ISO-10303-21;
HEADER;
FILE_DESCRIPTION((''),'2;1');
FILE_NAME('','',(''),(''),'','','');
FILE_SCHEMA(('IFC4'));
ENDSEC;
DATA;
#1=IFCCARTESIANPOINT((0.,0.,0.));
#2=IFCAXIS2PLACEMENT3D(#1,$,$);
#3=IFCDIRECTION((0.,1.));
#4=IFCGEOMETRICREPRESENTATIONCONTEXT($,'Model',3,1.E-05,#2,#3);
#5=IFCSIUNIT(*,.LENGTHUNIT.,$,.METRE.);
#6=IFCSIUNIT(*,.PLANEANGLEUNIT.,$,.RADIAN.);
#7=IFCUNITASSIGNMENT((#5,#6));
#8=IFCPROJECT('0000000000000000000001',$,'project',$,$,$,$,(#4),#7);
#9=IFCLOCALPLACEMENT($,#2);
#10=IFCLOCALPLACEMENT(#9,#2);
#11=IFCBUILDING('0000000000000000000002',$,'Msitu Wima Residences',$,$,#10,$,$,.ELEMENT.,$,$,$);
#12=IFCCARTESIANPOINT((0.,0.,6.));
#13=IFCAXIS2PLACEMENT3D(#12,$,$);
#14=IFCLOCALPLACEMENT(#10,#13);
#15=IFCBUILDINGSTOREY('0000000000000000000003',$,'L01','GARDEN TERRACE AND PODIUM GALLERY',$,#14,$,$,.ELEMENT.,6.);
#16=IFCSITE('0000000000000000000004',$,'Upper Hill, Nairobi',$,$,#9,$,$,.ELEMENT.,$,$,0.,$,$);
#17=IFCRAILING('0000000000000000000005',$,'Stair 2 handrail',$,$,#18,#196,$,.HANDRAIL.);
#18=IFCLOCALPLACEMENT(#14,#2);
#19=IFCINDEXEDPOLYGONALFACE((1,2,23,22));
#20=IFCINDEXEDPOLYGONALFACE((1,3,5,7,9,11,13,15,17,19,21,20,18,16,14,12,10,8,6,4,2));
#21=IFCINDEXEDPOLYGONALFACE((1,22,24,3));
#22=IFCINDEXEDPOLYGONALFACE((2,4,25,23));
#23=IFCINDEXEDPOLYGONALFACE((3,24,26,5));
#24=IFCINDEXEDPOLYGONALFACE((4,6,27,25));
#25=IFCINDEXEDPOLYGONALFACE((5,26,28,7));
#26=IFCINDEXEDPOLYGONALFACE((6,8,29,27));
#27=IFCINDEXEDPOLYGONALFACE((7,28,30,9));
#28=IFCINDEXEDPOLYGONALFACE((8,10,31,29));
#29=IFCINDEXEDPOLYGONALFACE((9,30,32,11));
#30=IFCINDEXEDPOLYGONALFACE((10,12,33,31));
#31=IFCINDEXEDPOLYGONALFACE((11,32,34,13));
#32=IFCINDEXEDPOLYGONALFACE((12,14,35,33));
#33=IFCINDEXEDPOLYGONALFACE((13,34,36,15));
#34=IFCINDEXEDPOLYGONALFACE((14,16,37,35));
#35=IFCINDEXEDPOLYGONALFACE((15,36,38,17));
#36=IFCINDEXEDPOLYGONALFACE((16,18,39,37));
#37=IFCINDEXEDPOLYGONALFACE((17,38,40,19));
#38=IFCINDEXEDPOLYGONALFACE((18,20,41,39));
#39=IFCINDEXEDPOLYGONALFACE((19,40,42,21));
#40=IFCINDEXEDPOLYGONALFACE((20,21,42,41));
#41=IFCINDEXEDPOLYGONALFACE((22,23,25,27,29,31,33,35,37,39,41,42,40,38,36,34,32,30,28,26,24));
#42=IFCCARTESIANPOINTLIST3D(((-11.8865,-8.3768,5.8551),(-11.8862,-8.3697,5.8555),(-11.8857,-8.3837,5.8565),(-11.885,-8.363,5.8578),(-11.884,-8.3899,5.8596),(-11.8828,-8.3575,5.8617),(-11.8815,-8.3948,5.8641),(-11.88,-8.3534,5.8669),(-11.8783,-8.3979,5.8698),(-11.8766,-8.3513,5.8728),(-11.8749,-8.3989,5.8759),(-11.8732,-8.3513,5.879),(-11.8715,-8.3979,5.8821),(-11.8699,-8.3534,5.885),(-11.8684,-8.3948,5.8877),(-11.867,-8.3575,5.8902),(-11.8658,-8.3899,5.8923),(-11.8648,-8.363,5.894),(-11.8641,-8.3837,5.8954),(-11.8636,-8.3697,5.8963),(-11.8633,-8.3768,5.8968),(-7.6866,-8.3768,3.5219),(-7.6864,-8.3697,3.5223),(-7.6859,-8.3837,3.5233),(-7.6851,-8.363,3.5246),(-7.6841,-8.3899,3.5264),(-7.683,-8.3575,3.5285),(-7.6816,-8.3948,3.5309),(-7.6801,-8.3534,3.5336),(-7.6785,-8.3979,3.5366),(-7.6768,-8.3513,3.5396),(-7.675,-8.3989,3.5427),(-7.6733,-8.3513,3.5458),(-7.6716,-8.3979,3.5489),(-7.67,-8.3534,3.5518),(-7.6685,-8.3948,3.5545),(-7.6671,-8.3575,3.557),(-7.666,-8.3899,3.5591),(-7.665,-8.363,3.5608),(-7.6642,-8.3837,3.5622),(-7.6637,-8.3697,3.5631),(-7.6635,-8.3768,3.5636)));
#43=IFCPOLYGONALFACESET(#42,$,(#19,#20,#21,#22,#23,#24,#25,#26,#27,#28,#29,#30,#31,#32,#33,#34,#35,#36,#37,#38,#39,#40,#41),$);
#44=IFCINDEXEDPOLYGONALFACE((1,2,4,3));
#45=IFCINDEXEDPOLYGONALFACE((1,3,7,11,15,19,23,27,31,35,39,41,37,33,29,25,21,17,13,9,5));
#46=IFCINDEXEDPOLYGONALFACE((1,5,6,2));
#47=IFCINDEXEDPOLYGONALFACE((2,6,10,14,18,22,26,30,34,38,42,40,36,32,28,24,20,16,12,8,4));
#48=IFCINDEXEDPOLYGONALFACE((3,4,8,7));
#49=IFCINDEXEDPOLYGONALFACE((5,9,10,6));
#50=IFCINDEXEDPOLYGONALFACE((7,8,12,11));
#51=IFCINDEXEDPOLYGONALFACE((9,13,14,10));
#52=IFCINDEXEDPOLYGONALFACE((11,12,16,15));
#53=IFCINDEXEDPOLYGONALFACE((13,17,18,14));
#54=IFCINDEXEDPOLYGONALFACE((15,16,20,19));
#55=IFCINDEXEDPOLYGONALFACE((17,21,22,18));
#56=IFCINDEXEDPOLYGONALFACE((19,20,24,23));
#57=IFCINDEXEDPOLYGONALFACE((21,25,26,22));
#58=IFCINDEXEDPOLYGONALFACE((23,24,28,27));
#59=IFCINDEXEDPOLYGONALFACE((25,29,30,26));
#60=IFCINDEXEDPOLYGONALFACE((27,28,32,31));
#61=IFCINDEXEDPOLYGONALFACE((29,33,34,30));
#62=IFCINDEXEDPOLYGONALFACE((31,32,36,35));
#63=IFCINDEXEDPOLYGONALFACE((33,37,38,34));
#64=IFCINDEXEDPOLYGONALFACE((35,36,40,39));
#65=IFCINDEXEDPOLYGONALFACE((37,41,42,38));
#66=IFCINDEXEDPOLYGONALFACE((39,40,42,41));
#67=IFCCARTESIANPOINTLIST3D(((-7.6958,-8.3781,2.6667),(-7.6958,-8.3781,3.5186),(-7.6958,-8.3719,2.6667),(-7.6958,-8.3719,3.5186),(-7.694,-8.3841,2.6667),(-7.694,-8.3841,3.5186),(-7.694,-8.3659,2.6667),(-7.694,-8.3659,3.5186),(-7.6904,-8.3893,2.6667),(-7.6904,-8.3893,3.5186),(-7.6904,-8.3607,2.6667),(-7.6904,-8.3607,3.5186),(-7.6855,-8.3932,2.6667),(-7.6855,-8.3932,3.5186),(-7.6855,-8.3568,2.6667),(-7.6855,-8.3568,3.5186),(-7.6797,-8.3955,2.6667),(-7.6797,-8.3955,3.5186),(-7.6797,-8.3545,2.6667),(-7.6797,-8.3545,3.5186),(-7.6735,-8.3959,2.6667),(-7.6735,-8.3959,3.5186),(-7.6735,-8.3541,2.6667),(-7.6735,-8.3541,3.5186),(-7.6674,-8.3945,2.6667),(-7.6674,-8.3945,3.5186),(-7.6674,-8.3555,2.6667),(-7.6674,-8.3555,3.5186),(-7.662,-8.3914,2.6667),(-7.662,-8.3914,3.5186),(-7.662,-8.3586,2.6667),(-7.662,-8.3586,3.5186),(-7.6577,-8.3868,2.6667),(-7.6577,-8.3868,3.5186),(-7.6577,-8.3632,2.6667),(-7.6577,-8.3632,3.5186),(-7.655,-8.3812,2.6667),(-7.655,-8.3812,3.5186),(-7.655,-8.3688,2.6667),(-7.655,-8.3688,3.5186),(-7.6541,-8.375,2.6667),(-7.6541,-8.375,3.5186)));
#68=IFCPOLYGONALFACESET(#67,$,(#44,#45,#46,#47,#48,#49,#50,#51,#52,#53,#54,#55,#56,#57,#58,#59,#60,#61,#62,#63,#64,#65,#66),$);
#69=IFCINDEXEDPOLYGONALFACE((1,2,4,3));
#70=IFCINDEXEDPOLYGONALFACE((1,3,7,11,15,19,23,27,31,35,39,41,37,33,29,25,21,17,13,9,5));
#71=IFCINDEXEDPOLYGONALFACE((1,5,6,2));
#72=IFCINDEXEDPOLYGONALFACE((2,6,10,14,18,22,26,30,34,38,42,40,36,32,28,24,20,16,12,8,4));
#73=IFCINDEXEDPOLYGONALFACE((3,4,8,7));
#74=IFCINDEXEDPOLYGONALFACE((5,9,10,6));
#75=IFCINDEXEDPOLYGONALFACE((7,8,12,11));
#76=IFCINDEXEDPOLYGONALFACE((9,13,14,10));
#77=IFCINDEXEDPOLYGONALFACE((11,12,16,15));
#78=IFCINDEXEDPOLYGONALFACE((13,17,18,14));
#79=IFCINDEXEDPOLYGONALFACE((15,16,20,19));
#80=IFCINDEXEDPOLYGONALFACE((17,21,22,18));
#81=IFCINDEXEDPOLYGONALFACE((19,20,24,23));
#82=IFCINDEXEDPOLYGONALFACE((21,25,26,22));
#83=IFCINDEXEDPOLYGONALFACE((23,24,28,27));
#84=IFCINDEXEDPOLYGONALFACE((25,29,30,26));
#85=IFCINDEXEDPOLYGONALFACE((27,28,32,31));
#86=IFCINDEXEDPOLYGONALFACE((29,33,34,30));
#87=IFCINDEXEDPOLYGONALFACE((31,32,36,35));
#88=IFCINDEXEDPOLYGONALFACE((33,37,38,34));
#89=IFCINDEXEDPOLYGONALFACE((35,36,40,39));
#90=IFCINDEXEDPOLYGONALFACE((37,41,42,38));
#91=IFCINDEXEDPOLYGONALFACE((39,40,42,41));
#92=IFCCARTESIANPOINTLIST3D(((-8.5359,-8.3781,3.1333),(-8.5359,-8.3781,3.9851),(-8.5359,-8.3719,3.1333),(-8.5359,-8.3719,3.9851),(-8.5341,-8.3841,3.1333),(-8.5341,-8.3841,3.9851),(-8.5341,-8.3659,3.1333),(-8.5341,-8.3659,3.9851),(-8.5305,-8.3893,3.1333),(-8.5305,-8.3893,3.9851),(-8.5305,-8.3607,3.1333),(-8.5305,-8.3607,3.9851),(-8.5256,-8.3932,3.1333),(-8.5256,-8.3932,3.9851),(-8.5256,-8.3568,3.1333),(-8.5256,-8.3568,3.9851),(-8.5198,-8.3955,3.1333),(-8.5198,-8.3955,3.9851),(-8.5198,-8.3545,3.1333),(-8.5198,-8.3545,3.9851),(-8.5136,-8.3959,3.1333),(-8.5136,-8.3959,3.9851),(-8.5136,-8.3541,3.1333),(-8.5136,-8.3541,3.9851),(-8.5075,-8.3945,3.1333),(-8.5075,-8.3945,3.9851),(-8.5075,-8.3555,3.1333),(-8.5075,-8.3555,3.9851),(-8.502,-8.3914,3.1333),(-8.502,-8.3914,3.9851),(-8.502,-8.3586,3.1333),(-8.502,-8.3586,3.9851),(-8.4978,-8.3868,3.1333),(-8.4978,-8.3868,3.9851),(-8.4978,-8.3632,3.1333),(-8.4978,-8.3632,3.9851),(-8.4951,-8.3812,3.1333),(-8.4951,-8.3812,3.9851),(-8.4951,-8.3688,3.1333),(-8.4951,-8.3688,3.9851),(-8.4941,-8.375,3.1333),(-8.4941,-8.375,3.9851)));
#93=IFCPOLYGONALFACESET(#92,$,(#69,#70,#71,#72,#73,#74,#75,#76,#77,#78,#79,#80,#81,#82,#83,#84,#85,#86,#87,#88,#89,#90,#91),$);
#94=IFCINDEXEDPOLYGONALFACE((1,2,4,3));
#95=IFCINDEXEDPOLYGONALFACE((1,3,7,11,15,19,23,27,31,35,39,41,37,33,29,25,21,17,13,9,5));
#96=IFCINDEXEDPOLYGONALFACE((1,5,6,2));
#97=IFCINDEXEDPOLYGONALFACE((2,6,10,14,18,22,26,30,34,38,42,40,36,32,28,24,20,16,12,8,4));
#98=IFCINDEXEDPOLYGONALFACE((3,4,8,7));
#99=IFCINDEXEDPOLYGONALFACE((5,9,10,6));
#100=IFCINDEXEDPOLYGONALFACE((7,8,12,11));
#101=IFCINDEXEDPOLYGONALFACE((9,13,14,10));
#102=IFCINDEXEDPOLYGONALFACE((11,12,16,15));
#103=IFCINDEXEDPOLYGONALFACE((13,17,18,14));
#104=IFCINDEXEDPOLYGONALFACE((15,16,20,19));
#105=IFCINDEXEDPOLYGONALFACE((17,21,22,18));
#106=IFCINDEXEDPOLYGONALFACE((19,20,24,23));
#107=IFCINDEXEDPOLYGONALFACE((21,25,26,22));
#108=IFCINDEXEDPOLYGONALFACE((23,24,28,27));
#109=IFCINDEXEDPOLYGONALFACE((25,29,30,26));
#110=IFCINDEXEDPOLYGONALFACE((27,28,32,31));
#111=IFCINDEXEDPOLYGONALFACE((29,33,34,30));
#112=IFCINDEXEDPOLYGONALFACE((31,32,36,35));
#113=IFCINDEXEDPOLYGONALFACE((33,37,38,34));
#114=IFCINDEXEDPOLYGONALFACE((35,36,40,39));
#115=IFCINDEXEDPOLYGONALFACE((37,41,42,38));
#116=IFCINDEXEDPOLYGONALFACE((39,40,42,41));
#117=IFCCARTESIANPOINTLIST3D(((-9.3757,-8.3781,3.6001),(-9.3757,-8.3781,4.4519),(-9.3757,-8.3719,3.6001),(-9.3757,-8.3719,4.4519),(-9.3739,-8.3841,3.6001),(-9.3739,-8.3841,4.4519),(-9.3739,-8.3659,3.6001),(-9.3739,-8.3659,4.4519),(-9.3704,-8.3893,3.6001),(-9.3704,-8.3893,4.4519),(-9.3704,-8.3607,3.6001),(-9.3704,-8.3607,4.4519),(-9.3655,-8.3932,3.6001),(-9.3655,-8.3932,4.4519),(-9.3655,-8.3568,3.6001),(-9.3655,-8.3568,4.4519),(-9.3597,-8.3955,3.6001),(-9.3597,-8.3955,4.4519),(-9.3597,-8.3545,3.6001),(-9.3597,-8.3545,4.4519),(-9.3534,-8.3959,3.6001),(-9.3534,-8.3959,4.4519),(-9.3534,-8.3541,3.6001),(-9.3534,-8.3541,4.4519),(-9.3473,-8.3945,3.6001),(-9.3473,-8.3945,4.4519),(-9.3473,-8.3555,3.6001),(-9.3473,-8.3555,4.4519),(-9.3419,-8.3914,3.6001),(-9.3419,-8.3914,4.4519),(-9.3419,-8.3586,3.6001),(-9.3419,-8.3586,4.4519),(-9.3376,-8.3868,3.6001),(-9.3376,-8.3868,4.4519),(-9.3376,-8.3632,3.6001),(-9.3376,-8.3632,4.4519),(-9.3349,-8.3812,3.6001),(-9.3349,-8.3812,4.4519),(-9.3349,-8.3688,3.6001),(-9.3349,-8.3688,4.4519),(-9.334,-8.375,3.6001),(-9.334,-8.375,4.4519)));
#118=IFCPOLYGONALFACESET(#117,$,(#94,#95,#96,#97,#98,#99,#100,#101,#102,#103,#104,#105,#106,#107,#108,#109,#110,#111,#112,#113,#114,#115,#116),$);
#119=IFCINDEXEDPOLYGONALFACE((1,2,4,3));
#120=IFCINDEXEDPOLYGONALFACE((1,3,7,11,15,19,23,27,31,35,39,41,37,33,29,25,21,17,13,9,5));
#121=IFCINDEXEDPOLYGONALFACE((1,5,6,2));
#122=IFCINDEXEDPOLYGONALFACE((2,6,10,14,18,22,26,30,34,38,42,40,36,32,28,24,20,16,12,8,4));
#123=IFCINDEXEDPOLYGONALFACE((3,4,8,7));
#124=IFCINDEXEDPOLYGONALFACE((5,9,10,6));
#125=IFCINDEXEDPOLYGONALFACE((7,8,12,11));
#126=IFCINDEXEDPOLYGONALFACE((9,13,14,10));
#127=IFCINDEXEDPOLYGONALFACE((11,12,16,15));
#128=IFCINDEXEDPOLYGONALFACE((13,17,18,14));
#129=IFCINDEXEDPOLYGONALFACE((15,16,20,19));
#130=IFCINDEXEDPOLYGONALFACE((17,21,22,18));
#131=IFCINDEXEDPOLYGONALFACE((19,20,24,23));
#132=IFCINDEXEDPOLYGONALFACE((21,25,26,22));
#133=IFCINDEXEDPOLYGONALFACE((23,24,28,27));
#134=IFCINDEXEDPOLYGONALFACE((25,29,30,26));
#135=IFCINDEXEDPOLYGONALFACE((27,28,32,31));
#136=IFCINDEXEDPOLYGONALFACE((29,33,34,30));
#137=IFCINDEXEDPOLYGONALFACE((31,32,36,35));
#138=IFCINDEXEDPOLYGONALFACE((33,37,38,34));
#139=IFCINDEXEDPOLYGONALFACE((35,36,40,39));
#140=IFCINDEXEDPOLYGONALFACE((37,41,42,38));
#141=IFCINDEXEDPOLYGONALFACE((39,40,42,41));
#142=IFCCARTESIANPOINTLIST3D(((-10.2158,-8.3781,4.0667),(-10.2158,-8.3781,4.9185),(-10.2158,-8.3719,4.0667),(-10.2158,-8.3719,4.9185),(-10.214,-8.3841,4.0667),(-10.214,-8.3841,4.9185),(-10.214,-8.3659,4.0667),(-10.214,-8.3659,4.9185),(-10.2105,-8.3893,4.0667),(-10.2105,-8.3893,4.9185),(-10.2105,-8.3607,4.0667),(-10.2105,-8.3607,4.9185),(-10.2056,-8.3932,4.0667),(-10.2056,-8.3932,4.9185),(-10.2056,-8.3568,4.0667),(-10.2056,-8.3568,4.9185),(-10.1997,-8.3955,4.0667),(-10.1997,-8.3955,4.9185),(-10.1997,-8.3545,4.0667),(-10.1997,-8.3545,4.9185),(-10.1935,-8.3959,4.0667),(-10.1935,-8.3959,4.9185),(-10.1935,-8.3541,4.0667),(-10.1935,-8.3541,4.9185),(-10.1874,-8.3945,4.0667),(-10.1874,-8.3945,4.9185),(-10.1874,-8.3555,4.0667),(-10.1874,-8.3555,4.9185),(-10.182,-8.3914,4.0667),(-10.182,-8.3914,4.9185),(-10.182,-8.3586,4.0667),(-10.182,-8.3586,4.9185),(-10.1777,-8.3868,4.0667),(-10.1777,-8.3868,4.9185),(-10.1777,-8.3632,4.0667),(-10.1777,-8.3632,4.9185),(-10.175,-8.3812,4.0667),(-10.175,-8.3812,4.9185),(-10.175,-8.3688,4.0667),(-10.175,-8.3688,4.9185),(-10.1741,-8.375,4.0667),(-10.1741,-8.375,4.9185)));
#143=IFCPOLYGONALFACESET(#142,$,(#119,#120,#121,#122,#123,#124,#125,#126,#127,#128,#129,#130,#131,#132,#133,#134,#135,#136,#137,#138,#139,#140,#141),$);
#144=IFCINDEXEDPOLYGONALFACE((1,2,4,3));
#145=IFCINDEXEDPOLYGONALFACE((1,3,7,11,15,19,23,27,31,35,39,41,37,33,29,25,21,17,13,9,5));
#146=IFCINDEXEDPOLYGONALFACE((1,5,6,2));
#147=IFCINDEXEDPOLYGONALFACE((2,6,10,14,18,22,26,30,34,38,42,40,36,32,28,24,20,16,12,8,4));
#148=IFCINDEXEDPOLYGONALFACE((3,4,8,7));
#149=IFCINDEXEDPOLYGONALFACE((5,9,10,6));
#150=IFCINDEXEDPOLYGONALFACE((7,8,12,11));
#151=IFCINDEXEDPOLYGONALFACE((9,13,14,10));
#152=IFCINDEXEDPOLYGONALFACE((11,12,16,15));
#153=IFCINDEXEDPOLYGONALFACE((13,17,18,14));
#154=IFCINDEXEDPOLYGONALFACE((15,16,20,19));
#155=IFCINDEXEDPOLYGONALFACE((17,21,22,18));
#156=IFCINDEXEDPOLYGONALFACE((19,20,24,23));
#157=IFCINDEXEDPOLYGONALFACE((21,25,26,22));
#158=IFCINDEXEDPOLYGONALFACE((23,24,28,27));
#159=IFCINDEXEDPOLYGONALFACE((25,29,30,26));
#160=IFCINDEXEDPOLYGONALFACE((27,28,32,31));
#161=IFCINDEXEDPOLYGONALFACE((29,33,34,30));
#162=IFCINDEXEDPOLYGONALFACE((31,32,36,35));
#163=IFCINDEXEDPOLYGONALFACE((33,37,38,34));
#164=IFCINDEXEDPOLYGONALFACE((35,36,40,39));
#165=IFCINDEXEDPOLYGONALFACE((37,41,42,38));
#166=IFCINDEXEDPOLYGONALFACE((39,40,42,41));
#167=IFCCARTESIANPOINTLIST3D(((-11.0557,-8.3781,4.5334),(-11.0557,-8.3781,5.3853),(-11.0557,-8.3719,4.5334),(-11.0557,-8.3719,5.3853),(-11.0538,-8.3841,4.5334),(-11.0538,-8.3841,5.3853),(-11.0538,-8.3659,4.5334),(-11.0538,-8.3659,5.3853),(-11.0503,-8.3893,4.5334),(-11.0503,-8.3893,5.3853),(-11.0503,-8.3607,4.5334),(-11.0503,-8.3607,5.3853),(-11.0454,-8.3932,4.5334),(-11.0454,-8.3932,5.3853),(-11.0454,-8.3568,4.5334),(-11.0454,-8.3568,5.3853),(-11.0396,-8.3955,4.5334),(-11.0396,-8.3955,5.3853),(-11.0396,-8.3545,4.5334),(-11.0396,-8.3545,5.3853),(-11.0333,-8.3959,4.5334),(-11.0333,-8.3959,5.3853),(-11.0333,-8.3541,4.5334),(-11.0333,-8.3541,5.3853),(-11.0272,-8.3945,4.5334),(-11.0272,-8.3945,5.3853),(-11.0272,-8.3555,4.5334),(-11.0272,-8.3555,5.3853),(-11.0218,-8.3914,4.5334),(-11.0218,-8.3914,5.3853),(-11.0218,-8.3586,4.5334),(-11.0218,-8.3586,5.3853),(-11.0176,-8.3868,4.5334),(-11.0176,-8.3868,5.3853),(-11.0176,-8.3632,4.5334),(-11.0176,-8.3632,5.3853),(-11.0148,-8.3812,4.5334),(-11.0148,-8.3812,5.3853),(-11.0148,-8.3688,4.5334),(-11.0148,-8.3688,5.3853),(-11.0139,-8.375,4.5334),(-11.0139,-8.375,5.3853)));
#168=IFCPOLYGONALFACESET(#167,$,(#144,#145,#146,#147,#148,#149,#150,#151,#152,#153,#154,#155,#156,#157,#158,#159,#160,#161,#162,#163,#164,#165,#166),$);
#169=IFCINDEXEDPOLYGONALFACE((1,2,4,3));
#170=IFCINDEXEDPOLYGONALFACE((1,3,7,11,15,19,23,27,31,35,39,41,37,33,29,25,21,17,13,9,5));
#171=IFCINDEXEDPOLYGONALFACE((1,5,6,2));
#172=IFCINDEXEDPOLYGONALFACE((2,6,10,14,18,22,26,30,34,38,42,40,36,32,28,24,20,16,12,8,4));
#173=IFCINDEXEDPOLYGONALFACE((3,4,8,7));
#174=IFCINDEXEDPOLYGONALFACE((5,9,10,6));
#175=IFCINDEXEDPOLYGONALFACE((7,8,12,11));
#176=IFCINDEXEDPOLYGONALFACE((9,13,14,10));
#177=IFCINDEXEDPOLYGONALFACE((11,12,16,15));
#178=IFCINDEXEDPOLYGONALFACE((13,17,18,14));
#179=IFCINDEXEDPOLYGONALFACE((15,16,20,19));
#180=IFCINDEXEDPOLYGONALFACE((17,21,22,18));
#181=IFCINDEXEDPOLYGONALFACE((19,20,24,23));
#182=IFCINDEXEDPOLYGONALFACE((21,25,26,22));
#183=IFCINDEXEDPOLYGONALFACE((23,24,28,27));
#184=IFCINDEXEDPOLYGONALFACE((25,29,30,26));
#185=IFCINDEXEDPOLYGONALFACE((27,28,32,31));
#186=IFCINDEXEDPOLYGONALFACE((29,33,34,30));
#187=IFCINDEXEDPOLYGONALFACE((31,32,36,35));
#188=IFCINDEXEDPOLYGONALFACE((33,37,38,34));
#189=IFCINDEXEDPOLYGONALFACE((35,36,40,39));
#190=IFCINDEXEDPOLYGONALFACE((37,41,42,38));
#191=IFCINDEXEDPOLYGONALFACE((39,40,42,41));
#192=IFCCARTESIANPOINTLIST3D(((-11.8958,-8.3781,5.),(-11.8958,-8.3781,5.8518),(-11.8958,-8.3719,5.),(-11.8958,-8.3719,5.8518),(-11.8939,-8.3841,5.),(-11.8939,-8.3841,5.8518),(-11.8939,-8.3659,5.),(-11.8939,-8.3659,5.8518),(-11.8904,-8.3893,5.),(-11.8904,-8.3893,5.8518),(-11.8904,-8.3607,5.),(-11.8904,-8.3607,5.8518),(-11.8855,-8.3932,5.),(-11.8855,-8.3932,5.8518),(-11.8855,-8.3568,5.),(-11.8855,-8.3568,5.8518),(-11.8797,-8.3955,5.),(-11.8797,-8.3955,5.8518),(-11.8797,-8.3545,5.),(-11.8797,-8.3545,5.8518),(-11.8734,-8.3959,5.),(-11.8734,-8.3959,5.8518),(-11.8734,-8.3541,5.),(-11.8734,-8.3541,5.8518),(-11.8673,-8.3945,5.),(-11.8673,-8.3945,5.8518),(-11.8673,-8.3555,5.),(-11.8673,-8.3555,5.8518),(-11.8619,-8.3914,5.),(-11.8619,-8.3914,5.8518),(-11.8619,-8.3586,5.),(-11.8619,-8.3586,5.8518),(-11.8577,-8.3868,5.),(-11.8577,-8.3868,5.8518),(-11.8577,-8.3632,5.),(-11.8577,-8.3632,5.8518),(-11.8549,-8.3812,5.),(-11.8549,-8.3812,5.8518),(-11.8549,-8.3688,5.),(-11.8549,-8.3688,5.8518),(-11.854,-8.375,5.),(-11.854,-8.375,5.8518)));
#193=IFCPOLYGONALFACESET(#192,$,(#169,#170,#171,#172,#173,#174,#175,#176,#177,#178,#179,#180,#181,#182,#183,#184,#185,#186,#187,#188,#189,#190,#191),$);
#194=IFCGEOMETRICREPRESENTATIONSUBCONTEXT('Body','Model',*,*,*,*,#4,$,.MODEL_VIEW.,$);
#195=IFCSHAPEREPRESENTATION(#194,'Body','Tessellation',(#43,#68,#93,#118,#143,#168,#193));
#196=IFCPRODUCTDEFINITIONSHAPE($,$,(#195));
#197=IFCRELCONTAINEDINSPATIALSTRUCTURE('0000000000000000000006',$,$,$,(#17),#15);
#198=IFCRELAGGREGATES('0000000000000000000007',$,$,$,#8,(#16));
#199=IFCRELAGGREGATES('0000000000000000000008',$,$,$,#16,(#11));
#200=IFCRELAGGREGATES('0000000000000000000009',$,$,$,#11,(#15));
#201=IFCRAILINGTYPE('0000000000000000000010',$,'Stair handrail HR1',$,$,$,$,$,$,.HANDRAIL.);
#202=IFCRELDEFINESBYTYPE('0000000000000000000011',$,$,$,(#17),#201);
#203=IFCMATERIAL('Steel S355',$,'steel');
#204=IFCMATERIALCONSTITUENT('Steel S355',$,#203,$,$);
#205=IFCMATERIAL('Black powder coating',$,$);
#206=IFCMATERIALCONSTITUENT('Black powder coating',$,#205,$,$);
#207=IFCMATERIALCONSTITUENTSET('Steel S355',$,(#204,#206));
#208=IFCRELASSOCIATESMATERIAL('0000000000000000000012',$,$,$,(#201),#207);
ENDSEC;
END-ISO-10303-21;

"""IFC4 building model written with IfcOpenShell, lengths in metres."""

from ifc_helpers import new_model, si_unit, direction, frame, origin, origin_2d, place, context, subcontext, project, spatial, circle, extrude, material, constituent, constituent_set, type_object, element, save


model = new_model("IFC4")

# Units and contexts
model_context = context("Model", 3, precision=1e-05, world=origin(), true_north=direction((0.0, 1.0)))
body_context = subcontext(model_context, "Body", "Model", "MODEL_VIEW")
ifc_project = project(units=[si_unit("LENGTHUNIT", "METRE"), si_unit("PLANEANGLEUNIT", "RADIAN")], contexts=[model_context])

# Site, building, storey
site_placement = place(None, origin())
site = spatial("IfcSite", under=ifc_project, at=site_placement, Name="Upper Hill, Nairobi", CompositionType="ELEMENT", RefElevation=0.0)
building_placement = place(site_placement, origin())
building = spatial("IfcBuilding", under=site, at=building_placement, Name="Msitu Wima Residences", CompositionType="ELEMENT")
storey_placement = place(building_placement, frame((0.0, 0.0, 6.0)))
storey = spatial("IfcBuildingStorey", under=building, at=storey_placement, Name="L01", Description="GARDEN TERRACE AND PODIUM GALLERY", CompositionType="ELEMENT", Elevation=6.0)

# Railing
ifc_material_1 = material(Name="Steel S355", Category="steel")
ifc_constituent_1 = constituent(ifc_material_1, Name="Steel S355")
ifc_material_2 = material(Name="Black powder coating")
ifc_constituent_2 = constituent(ifc_material_2, Name="Black powder coating")
ifc_constituent_set = constituent_set(constituents=[ifc_constituent_1, ifc_constituent_2], Name="Steel S355")
railing_type = type_object("IfcRailingType", Name="Stair handrail HR1", PredefinedType="HANDRAIL", material=ifc_constituent_set)
for number, where, name in (
    (1, (-7.675, -8.375, 2.6667), "Stair 2 handrail"),
):
    element("IfcRailing", number, at=place(storey_placement, frame(where)), inside=storey, type_object=railing_type, Name=name, PredefinedType="HANDRAIL", context=body_context, shape_type="SweptSolid", body=[
        extrude(circle(Radius=0.0239, at=origin_2d()), frame((0.0, 0.0, 0.876), z_axis=(-0.874162, 0.0, 0.485634), x_axis=(0.0, -1.0, 0.0)), (0.0, 0.0, 1.0), 4.8044),
        extrude(circle(Radius=0.021, at=origin_2d()), origin(), (0.0, 0.0, 1.0), 0.8518),
        extrude(circle(Radius=0.021, at=origin_2d()), frame((-0.8401, 0.0, 0.4666)), (0.0, 0.0, 1.0), 0.8518),
        extrude(circle(Radius=0.021, at=origin_2d()), frame((-1.6799, 0.0, 0.9333)), (0.0, 0.0, 1.0), 0.8518),
        extrude(circle(Radius=0.021, at=origin_2d()), frame((-2.52, 0.0, 1.3999)), (0.0, 0.0, 1.0), 0.8518),
        extrude(circle(Radius=0.021, at=origin_2d()), frame((-3.3599, 0.0, 1.8667)), (0.0, 0.0, 1.0), 0.8518),
        extrude(circle(Radius=0.021, at=origin_2d()), frame((-4.2, 0.0, 2.3333)), (0.0, 0.0, 1.0), 0.8518),
    ])

save(model, "model.ifc")
